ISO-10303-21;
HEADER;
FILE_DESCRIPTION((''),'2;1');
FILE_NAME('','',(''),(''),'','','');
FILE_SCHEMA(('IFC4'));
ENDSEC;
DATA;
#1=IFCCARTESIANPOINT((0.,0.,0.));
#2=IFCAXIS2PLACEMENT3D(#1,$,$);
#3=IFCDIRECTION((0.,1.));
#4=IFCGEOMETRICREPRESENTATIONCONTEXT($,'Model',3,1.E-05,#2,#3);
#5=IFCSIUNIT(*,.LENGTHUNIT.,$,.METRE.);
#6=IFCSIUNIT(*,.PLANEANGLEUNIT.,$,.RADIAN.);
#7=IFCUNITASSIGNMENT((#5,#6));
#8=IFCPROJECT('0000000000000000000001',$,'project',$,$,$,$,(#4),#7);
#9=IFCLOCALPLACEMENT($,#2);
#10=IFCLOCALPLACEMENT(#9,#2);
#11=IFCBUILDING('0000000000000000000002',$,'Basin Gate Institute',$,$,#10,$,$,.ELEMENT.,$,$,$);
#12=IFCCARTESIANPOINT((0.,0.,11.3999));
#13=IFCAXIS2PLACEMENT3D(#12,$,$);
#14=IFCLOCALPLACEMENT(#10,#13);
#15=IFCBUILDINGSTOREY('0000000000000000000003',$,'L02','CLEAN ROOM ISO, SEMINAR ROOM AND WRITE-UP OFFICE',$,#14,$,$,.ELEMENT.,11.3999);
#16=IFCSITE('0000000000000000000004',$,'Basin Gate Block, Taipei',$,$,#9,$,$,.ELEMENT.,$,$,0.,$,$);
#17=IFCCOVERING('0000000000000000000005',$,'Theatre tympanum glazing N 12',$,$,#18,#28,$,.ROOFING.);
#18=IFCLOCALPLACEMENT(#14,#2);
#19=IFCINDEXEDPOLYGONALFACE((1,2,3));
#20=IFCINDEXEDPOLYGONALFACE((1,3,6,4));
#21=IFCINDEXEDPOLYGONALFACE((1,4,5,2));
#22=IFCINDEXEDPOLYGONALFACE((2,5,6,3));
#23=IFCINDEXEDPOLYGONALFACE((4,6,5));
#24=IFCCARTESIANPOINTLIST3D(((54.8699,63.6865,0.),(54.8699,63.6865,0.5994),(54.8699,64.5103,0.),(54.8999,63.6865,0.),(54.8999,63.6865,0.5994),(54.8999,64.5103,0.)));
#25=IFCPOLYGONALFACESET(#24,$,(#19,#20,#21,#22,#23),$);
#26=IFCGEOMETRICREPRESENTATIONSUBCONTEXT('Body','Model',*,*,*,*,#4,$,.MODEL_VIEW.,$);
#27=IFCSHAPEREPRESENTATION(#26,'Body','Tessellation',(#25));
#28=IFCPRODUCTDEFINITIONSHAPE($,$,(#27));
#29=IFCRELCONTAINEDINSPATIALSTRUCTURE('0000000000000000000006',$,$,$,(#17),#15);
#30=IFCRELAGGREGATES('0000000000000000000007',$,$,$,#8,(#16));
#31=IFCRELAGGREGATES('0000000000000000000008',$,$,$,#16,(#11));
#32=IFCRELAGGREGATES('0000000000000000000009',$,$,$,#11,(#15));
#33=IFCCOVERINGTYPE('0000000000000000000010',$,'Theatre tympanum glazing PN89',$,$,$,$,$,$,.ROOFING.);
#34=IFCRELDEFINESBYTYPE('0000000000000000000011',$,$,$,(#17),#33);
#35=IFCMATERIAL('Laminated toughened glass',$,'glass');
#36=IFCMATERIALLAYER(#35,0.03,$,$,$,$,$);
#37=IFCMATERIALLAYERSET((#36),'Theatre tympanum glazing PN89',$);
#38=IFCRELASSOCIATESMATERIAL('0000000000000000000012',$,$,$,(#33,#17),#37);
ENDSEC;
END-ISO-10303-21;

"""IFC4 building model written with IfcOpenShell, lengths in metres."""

from ifc_helpers import new_model, si_unit, direction, frame, origin, place, context, subcontext, project, spatial, polyline, outline, extrude, material, layer, layer_set, type_object, element, save


model = new_model("IFC4")

# Units and contexts
model_context = context("Model", 3, precision=1e-05, world=origin(), true_north=direction((0.0, 1.0)))
body_context = subcontext(model_context, "Body", "Model", "MODEL_VIEW")
ifc_project = project(units=[si_unit("LENGTHUNIT", "METRE"), si_unit("PLANEANGLEUNIT", "RADIAN")], contexts=[model_context])

# Site, building, storey
site_placement = place(None, origin())
site = spatial("IfcSite", under=ifc_project, at=site_placement, Name="Basin Gate Block, Taipei", CompositionType="ELEMENT", RefElevation=0.0)
building_placement = place(site_placement, origin())
building = spatial("IfcBuilding", under=site, at=building_placement, Name="Basin Gate Institute", CompositionType="ELEMENT")
storey_placement = place(building_placement, frame((0.0, 0.0, 11.3999)))
storey = spatial("IfcBuildingStorey", under=building, at=storey_placement, Name="L02", Description="CLEAN ROOM ISO, SEMINAR ROOM AND WRITE-UP OFFICE", CompositionType="ELEMENT", Elevation=11.3999)

# Covering
ifc_material_1 = material(Name="Laminated toughened glass", Category="glass")
ifc_layer_1 = layer(ifc_material_1, 0.03)
ifc_layer_set_1 = layer_set([ifc_layer_1], Name="Theatre tympanum glazing PN89")
covering_type = type_object("IfcCoveringType", Name="Theatre tympanum glazing PN89", PredefinedType="ROOFING", material=ifc_layer_set_1)
covering_1_placement = place(storey_placement, frame((54.8999, 63.6865, 0.0), z_axis=(1.0, 0.0, 0.0), x_axis=(0.0, 1.0, 0.0)))
element("IfcCovering", 1, at=covering_1_placement, inside=storey, type_object=covering_type, material=ifc_layer_set_1, Name="Theatre tympanum glazing N 12", PredefinedType="ROOFING", context=body_context, shape_type="SweptSolid", body=[
    extrude(outline(polyline([(0.0, 0.0), (0.8237, 0.0), (0.0, 0.5994), (0.0, 0.0)])), origin(), (0.0, 0.0, -1.0), 0.03),
])

save(model, "model.ifc")
